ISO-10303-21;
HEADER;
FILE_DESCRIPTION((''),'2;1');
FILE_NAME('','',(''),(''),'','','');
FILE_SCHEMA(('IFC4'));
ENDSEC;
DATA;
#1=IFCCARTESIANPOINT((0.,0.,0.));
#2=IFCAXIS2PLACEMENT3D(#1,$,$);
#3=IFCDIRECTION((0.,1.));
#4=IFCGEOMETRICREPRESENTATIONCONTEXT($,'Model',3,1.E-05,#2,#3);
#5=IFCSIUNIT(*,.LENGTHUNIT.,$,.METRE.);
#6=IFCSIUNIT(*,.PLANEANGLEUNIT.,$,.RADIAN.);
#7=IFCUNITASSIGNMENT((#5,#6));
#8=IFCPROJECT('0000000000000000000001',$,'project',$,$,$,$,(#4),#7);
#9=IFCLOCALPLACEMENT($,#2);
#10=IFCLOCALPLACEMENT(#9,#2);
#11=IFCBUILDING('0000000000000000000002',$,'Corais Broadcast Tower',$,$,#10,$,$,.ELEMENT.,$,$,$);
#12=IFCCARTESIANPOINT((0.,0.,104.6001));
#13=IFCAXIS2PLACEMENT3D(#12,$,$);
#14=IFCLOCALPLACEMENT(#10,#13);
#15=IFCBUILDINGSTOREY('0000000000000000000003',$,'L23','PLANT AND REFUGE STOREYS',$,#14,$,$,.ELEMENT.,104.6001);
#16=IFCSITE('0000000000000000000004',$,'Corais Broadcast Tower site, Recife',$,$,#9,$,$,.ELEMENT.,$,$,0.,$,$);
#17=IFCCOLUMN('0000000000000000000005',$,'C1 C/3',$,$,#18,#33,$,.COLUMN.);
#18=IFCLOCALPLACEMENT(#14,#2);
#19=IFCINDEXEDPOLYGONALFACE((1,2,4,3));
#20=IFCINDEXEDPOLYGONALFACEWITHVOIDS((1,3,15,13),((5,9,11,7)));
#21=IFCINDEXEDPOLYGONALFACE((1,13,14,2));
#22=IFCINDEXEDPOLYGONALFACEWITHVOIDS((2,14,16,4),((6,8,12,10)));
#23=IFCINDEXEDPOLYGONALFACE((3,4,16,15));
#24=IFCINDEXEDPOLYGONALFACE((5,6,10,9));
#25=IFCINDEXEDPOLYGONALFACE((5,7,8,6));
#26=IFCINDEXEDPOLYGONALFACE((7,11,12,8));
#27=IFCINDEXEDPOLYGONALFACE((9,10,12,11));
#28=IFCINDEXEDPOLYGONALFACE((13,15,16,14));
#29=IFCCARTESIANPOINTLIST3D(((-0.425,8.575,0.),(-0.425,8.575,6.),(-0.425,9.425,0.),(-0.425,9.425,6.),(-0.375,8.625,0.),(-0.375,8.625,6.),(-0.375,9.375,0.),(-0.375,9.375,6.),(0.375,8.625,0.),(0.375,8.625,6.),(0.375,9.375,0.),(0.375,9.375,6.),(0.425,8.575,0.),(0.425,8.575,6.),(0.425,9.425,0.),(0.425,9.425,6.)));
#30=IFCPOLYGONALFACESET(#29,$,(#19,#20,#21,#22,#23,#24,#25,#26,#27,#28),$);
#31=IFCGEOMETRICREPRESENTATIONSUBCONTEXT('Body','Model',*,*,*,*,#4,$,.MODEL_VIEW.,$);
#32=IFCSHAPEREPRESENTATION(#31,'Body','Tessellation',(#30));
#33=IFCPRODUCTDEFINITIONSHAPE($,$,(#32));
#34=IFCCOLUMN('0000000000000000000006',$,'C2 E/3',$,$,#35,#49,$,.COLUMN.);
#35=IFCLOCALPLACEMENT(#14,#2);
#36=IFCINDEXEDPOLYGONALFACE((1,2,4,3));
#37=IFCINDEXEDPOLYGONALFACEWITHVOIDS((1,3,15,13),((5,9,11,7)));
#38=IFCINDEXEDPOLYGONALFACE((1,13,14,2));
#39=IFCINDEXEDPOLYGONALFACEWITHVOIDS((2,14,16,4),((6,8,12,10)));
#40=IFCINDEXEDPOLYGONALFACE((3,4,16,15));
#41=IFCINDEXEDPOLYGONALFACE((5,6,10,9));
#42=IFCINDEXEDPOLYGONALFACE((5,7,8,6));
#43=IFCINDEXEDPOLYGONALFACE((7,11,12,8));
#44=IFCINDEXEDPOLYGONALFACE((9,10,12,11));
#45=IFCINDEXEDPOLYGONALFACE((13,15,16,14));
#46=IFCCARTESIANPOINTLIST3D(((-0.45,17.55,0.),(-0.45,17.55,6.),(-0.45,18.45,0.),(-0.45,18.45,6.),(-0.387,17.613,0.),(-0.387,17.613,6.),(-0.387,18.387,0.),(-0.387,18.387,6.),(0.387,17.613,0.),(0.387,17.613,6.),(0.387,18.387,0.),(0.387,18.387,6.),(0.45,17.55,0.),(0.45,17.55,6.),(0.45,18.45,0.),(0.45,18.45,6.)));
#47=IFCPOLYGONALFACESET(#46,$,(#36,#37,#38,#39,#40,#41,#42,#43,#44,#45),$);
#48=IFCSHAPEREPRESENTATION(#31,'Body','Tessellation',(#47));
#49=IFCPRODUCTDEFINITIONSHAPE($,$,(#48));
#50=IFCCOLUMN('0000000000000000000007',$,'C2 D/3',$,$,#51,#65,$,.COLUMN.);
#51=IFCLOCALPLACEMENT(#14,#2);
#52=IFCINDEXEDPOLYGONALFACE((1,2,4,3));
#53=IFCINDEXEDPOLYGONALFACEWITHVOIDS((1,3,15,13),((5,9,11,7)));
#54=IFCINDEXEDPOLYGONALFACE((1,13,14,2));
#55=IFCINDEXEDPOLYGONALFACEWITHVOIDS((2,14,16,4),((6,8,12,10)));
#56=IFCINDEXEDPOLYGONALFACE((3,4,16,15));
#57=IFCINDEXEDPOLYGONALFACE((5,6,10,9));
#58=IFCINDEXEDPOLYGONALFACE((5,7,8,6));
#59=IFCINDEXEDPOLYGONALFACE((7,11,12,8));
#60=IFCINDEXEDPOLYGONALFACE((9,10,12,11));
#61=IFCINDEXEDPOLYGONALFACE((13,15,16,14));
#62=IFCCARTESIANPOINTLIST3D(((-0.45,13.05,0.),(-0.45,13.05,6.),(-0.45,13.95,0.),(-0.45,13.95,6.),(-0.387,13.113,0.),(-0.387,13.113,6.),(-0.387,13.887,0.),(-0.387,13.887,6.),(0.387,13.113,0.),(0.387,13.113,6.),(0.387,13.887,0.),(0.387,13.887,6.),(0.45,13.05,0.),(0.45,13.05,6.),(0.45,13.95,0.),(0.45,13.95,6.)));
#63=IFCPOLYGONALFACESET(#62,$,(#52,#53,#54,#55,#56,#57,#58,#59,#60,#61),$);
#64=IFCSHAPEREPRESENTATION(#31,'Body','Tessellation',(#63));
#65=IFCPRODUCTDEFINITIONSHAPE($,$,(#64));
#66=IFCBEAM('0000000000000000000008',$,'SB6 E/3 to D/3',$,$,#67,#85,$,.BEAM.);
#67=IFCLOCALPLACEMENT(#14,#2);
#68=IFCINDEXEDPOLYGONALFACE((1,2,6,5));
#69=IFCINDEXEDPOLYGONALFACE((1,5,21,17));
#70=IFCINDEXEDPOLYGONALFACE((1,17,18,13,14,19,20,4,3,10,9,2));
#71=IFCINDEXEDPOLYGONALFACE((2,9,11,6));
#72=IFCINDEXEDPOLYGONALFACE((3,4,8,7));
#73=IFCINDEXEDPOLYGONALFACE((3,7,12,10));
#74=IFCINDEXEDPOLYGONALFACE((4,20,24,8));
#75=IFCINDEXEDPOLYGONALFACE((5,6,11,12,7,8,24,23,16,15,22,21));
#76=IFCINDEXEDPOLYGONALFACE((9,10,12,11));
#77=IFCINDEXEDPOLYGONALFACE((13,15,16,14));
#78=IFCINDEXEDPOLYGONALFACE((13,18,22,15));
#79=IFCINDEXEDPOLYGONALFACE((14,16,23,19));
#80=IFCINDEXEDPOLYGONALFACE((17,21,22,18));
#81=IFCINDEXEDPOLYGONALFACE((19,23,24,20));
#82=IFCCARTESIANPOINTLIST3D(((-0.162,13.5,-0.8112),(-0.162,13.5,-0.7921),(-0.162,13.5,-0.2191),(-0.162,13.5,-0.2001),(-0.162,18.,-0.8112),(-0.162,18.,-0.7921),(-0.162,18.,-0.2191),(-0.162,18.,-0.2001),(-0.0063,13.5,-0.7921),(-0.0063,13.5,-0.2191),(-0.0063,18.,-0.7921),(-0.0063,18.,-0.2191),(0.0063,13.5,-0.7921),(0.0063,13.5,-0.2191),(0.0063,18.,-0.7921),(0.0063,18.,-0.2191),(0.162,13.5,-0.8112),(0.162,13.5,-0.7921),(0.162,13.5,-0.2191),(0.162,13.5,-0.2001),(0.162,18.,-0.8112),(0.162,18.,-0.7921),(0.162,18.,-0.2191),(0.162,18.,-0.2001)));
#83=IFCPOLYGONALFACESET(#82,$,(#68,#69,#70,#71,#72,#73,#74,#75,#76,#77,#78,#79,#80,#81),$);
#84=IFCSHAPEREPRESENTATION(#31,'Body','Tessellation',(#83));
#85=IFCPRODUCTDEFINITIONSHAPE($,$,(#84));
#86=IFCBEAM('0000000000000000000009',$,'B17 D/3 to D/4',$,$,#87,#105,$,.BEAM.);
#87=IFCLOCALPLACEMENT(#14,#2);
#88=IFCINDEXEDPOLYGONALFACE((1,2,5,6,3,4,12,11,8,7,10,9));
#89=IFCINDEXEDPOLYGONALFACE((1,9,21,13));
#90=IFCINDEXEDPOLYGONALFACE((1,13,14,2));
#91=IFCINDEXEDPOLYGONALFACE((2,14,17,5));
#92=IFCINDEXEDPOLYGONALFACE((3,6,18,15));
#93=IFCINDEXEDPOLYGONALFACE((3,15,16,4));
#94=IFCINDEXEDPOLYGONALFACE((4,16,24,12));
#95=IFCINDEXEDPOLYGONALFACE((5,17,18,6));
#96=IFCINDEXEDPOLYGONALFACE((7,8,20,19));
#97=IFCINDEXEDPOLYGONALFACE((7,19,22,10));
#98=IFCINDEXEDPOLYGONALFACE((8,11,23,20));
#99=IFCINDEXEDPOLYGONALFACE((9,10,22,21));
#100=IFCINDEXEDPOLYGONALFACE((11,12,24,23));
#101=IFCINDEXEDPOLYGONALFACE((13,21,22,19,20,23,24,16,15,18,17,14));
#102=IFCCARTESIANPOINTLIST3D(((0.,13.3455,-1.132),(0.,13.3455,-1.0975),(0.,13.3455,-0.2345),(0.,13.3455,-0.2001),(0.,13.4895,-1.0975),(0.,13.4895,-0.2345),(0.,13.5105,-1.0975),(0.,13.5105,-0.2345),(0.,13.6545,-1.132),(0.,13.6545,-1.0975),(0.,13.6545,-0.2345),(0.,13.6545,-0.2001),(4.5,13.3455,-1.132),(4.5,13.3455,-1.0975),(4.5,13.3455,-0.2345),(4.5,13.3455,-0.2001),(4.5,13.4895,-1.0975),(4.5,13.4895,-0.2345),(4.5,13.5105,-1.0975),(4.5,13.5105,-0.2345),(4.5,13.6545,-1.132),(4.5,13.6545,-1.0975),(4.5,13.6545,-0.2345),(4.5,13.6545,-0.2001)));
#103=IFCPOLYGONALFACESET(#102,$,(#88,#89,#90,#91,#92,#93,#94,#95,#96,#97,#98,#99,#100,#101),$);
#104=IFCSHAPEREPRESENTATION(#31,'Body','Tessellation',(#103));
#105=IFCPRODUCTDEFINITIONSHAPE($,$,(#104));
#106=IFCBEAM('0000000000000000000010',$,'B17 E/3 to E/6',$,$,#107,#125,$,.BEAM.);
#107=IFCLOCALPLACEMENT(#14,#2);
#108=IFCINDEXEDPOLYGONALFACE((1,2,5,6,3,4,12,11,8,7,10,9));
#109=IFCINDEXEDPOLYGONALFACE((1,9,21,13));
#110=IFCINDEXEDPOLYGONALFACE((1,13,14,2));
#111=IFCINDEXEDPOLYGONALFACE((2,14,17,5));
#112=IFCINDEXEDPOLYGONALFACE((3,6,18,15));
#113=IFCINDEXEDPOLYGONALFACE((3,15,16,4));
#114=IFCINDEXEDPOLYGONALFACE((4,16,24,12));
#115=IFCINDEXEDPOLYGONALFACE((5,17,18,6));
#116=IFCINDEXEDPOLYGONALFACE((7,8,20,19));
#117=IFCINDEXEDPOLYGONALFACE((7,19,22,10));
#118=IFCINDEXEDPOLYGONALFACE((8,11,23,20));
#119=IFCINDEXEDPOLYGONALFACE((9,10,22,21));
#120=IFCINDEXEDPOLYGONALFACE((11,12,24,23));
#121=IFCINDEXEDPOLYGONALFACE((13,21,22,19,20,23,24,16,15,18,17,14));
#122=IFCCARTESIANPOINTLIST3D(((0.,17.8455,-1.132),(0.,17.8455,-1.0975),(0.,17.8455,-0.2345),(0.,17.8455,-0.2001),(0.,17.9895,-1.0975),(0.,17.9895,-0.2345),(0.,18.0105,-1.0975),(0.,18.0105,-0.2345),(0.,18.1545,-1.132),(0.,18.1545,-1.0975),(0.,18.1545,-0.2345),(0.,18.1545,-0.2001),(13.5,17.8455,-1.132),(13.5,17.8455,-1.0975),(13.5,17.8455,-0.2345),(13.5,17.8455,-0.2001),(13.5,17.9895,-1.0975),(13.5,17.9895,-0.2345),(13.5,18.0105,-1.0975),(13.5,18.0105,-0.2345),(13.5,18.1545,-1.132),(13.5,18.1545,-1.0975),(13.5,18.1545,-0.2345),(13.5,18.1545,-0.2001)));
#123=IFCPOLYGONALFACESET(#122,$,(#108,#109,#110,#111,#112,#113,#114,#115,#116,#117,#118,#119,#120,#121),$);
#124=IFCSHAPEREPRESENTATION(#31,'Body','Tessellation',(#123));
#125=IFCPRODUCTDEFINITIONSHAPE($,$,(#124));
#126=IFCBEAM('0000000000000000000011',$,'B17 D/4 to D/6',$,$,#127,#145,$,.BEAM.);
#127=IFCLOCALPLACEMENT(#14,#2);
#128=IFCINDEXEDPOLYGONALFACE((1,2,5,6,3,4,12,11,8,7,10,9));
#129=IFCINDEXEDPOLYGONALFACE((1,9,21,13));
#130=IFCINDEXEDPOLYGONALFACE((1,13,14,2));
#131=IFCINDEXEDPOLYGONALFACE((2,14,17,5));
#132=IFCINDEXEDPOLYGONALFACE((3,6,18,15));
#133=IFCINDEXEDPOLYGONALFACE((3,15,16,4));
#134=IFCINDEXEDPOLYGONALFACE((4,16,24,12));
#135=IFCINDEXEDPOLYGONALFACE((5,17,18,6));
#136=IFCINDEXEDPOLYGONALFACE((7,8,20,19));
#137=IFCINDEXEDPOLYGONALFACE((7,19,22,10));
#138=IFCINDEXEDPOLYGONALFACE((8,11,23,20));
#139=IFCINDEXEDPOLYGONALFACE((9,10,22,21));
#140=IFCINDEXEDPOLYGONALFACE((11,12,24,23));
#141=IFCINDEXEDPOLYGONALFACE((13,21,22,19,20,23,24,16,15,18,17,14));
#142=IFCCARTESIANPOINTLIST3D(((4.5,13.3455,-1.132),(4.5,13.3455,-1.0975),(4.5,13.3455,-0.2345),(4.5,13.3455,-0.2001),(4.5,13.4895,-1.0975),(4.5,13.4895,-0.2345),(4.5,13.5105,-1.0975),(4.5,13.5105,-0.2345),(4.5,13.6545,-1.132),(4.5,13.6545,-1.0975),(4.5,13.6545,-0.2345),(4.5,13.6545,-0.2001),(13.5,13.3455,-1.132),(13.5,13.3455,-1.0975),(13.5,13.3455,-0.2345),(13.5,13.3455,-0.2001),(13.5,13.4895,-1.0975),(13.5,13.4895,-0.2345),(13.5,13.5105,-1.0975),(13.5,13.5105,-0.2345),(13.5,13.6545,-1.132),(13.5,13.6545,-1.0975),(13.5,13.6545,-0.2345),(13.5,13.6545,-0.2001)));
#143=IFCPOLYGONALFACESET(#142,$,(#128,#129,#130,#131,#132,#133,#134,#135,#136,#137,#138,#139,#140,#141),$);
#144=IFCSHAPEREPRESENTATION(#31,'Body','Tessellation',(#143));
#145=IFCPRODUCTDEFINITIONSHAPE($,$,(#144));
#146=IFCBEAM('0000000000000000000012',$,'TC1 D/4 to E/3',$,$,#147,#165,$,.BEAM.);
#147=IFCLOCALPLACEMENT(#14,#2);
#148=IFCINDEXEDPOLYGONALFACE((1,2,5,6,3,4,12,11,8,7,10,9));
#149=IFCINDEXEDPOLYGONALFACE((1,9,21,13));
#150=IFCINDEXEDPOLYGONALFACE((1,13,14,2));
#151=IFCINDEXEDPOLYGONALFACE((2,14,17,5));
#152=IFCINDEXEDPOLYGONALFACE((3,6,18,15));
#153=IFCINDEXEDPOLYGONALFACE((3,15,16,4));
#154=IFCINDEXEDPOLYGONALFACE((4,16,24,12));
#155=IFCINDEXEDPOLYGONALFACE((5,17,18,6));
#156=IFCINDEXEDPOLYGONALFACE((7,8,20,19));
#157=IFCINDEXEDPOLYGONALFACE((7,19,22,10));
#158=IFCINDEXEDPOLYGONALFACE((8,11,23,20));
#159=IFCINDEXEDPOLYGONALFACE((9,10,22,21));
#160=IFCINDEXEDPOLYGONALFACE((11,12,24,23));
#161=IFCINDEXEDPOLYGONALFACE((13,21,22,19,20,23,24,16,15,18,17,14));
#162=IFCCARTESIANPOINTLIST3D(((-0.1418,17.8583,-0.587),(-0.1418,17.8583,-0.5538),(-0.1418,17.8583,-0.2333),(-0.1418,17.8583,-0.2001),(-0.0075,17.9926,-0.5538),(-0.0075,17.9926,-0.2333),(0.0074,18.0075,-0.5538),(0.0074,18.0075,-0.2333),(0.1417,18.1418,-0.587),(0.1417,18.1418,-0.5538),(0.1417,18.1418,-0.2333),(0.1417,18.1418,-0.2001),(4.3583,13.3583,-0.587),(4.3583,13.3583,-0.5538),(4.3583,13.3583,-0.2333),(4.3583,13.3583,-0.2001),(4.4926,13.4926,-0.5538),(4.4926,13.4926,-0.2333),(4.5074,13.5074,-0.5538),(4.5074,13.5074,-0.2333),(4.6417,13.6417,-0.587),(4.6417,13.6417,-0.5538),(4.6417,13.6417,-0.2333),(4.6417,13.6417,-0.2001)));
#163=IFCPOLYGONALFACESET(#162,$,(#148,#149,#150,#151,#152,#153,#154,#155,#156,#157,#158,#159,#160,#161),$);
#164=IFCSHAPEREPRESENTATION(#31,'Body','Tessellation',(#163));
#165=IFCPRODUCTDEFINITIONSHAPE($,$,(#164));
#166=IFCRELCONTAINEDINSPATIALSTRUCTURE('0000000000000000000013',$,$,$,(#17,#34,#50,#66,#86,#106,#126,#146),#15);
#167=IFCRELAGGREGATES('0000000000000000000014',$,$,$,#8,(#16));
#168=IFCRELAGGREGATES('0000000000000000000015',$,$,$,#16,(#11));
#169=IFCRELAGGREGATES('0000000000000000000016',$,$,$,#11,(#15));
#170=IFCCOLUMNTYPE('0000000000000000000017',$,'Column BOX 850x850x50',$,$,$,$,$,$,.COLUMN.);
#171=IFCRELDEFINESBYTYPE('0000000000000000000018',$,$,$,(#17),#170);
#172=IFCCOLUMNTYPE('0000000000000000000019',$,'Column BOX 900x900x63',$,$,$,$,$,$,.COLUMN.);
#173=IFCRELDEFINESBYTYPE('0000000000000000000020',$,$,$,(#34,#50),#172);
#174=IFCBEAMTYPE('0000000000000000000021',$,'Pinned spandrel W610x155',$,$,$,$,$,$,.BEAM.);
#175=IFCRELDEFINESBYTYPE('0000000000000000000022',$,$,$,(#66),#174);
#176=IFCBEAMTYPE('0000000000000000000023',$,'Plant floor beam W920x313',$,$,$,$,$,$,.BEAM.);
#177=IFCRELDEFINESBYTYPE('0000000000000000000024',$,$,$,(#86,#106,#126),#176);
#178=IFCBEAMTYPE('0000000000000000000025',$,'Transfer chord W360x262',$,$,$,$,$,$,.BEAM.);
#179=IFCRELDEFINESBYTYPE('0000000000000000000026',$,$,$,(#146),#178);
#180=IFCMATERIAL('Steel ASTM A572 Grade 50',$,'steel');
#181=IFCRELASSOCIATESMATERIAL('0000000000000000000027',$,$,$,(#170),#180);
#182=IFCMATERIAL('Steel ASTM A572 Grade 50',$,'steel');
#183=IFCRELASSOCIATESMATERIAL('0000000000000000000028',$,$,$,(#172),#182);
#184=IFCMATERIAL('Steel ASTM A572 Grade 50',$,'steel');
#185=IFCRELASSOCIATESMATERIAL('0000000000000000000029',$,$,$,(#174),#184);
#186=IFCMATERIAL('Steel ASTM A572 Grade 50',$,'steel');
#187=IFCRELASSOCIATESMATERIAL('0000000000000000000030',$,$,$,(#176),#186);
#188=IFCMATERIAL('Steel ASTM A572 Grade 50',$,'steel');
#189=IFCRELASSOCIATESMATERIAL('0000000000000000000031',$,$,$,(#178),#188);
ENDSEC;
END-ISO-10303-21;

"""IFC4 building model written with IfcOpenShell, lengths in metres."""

from ifc_helpers import new_model, si_unit, direction, frame, origin, origin_2d, place, context, subcontext, project, spatial, hollow_rectangle, i_section, extrude, material, material_profile, profile_set, type_object, element, save


model = new_model("IFC4")

# Units and contexts
model_context = context("Model", 3, precision=1e-05, world=origin(), true_north=direction((0.0, 1.0)))
body_context = subcontext(model_context, "Body", "Model", "MODEL_VIEW")
ifc_project = project(units=[si_unit("LENGTHUNIT", "METRE"), si_unit("PLANEANGLEUNIT", "RADIAN")], contexts=[model_context])

# Site, building, storey
site_placement = place(None, origin())
site = spatial("IfcSite", under=ifc_project, at=site_placement, Name="Corais Broadcast Tower site, Recife", CompositionType="ELEMENT", RefElevation=0.0)
building_placement = place(site_placement, origin())
building = spatial("IfcBuilding", under=site, at=building_placement, Name="Corais Broadcast Tower", CompositionType="ELEMENT")
storey_placement = place(building_placement, frame((0.0, 0.0, 104.6001)))
storey = spatial("IfcBuildingStorey", under=building, at=storey_placement, Name="L23", Description="PLANT AND REFUGE STOREYS", CompositionType="ELEMENT", Elevation=104.6001)

# Columns
ifc_material_1 = material(Name="Steel ASTM A572 Grade 50", Category="steel")
ifc_material_profile_1 = material_profile(ifc_material_1, hollow_rectangle(XDim=0.8501, YDim=0.8501, WallThickness=0.05, at=origin_2d()), Name="BOX 850x850x50")
ifc_profile_set_1 = profile_set([ifc_material_profile_1], Name="Steel ASTM A572 Grade 50")
column_type_1 = type_object("IfcColumnType", Name="Column BOX 850x850x50", PredefinedType="COLUMN", material=ifc_profile_set_1)
column_placement = place(storey_placement, frame((0.0, 9.0, 0.0), z_axis=(0.0, 0.0, 1.0), x_axis=(1.0, 0.0, 0.0)))
element("IfcColumn", 1, at=column_placement, inside=storey, type_object=column_type_1, Name="C1 C/3", PredefinedType="COLUMN", context=body_context, shape_type="SweptSolid", body=[
    extrude(hollow_rectangle(XDim=0.8501, YDim=0.8501, WallThickness=0.05, at=origin_2d()), origin(), (0.0, 0.0, 1.0), 6.0),
])
ifc_material_2 = material(Name="Steel ASTM A572 Grade 50", Category="steel")
ifc_material_profile_2 = material_profile(ifc_material_2, hollow_rectangle(XDim=0.8999, YDim=0.8999, WallThickness=0.063, at=origin_2d()), Name="BOX 900x900x63")
ifc_profile_set_2 = profile_set([ifc_material_profile_2], Name="Steel ASTM A572 Grade 50")
column_type_2 = type_object("IfcColumnType", Name="Column BOX 900x900x63", PredefinedType="COLUMN", material=ifc_profile_set_2)
for number, where, z_axis, x_axis, name in (
    (2, (0.0, 18.0, 0.0), (0.0, 0.0, 1.0), (1.0, 0.0, 0.0), "C2 E/3"),
    (3, (0.0, 13.5, 0.0), (0.0, 0.0, 1.0), (1.0, 0.0, 0.0), "C2 D/3"),
):
    element("IfcColumn", number, at=place(storey_placement, frame(where, z_axis=z_axis, x_axis=x_axis)), inside=storey, type_object=column_type_2, Name=name, PredefinedType="COLUMN", context=body_context, shape_type="SweptSolid", body=[
        extrude(hollow_rectangle(XDim=0.8999, YDim=0.8999, WallThickness=0.063, at=origin_2d()), origin(), (0.0, 0.0, 1.0), 6.0),
    ])

# Beams
ifc_material_3 = material(Name="Steel ASTM A572 Grade 50", Category="steel")
ifc_material_profile_3 = material_profile(ifc_material_3, i_section(OverallWidth=0.324, OverallDepth=0.6111, WebThickness=0.0127, FlangeThickness=0.019, at=origin_2d()), Name="W610x155")
ifc_profile_set_3 = profile_set([ifc_material_profile_3], Name="Steel ASTM A572 Grade 50")
beam_type_1 = type_object("IfcBeamType", Name="Pinned spandrel W610x155", PredefinedType="BEAM", material=ifc_profile_set_3)
beam_1_placement = place(storey_placement, frame((0.0, 18.0, -0.5056), z_axis=(0.0, -1.0, 0.0), x_axis=(1.0, 0.0, 0.0)))
element("IfcBeam", 4, at=beam_1_placement, inside=storey, type_object=beam_type_1, Name="SB6 E/3 to D/3", PredefinedType="BEAM", context=body_context, shape_type="SweptSolid", body=[
    extrude(i_section(OverallWidth=0.324, OverallDepth=0.6111, WebThickness=0.0127, FlangeThickness=0.019, at=origin_2d()), origin(), (0.0, 0.0, 1.0), 4.5),
])
ifc_material_4 = material(Name="Steel ASTM A572 Grade 50", Category="steel")
ifc_material_profile_4 = material_profile(ifc_material_4, i_section(OverallWidth=0.3091, OverallDepth=0.9319, WebThickness=0.021, FlangeThickness=0.0344, at=origin_2d()), Name="W920x313")
ifc_profile_set_4 = profile_set([ifc_material_profile_4], Name="Steel ASTM A572 Grade 50")
beam_type_2 = type_object("IfcBeamType", Name="Plant floor beam W920x313", PredefinedType="BEAM", material=ifc_profile_set_4)
beam_2_placement = place(storey_placement, frame((0.0, 13.5, -0.666), z_axis=(1.0, 0.0, 0.0), x_axis=(0.0, 1.0, 0.0)))
element("IfcBeam", 5, at=beam_2_placement, inside=storey, type_object=beam_type_2, Name="B17 D/3 to D/4", PredefinedType="BEAM", context=body_context, shape_type="SweptSolid", body=[
    extrude(i_section(OverallWidth=0.3091, OverallDepth=0.9319, WebThickness=0.021, FlangeThickness=0.0344, at=origin_2d()), origin(), (0.0, 0.0, 1.0), 4.5),
])
beam_3_placement = place(storey_placement, frame((0.0, 18.0, -0.666), z_axis=(1.0, 0.0, 0.0), x_axis=(0.0, 1.0, 0.0)))
element("IfcBeam", 6, at=beam_3_placement, inside=storey, type_object=beam_type_2, Name="B17 E/3 to E/6", PredefinedType="BEAM", context=body_context, shape_type="SweptSolid", body=[
    extrude(i_section(OverallWidth=0.3091, OverallDepth=0.9319, WebThickness=0.021, FlangeThickness=0.0344, at=origin_2d()), origin(), (0.0, 0.0, 1.0), 13.5),
])
beam_4_placement = place(storey_placement, frame((4.5, 13.5, -0.666), z_axis=(1.0, 0.0, 0.0), x_axis=(0.0, 1.0, 0.0)))
element("IfcBeam", 7, at=beam_4_placement, inside=storey, type_object=beam_type_2, Name="B17 D/4 to D/6", PredefinedType="BEAM", context=body_context, shape_type="SweptSolid", body=[
    extrude(i_section(OverallWidth=0.3091, OverallDepth=0.9319, WebThickness=0.021, FlangeThickness=0.0344, at=origin_2d()), origin(), (0.0, 0.0, 1.0), 9.0),
])
ifc_material_5 = material(Name="Steel ASTM A572 Grade 50", Category="steel")
ifc_material_profile_5 = material_profile(ifc_material_5, i_section(OverallWidth=0.4009, OverallDepth=0.387, WebThickness=0.021, FlangeThickness=0.0332, at=origin_2d()), Name="W360x262")
ifc_profile_set_5 = profile_set([ifc_material_profile_5], Name="Steel ASTM A572 Grade 50")
beam_type_3 = type_object("IfcBeamType", Name="Transfer chord W360x262", PredefinedType="BEAM", material=ifc_profile_set_5)
beam_5_placement = place(storey_placement, frame((4.5, 13.5, -0.3936), z_axis=(-0.707107, 0.707107, 0.0), x_axis=(-0.707107, -0.707107, 0.0)))
element("IfcBeam", 8, at=beam_5_placement, inside=storey, type_object=beam_type_3, Name="TC1 D/4 to E/3", PredefinedType="BEAM", context=body_context, shape_type="SweptSolid", body=[
    extrude(i_section(OverallWidth=0.4009, OverallDepth=0.387, WebThickness=0.021, FlangeThickness=0.0332, at=origin_2d()), origin(), (0.0, 0.0, 1.0), 6.364),
])

save(model, "model.ifc")
